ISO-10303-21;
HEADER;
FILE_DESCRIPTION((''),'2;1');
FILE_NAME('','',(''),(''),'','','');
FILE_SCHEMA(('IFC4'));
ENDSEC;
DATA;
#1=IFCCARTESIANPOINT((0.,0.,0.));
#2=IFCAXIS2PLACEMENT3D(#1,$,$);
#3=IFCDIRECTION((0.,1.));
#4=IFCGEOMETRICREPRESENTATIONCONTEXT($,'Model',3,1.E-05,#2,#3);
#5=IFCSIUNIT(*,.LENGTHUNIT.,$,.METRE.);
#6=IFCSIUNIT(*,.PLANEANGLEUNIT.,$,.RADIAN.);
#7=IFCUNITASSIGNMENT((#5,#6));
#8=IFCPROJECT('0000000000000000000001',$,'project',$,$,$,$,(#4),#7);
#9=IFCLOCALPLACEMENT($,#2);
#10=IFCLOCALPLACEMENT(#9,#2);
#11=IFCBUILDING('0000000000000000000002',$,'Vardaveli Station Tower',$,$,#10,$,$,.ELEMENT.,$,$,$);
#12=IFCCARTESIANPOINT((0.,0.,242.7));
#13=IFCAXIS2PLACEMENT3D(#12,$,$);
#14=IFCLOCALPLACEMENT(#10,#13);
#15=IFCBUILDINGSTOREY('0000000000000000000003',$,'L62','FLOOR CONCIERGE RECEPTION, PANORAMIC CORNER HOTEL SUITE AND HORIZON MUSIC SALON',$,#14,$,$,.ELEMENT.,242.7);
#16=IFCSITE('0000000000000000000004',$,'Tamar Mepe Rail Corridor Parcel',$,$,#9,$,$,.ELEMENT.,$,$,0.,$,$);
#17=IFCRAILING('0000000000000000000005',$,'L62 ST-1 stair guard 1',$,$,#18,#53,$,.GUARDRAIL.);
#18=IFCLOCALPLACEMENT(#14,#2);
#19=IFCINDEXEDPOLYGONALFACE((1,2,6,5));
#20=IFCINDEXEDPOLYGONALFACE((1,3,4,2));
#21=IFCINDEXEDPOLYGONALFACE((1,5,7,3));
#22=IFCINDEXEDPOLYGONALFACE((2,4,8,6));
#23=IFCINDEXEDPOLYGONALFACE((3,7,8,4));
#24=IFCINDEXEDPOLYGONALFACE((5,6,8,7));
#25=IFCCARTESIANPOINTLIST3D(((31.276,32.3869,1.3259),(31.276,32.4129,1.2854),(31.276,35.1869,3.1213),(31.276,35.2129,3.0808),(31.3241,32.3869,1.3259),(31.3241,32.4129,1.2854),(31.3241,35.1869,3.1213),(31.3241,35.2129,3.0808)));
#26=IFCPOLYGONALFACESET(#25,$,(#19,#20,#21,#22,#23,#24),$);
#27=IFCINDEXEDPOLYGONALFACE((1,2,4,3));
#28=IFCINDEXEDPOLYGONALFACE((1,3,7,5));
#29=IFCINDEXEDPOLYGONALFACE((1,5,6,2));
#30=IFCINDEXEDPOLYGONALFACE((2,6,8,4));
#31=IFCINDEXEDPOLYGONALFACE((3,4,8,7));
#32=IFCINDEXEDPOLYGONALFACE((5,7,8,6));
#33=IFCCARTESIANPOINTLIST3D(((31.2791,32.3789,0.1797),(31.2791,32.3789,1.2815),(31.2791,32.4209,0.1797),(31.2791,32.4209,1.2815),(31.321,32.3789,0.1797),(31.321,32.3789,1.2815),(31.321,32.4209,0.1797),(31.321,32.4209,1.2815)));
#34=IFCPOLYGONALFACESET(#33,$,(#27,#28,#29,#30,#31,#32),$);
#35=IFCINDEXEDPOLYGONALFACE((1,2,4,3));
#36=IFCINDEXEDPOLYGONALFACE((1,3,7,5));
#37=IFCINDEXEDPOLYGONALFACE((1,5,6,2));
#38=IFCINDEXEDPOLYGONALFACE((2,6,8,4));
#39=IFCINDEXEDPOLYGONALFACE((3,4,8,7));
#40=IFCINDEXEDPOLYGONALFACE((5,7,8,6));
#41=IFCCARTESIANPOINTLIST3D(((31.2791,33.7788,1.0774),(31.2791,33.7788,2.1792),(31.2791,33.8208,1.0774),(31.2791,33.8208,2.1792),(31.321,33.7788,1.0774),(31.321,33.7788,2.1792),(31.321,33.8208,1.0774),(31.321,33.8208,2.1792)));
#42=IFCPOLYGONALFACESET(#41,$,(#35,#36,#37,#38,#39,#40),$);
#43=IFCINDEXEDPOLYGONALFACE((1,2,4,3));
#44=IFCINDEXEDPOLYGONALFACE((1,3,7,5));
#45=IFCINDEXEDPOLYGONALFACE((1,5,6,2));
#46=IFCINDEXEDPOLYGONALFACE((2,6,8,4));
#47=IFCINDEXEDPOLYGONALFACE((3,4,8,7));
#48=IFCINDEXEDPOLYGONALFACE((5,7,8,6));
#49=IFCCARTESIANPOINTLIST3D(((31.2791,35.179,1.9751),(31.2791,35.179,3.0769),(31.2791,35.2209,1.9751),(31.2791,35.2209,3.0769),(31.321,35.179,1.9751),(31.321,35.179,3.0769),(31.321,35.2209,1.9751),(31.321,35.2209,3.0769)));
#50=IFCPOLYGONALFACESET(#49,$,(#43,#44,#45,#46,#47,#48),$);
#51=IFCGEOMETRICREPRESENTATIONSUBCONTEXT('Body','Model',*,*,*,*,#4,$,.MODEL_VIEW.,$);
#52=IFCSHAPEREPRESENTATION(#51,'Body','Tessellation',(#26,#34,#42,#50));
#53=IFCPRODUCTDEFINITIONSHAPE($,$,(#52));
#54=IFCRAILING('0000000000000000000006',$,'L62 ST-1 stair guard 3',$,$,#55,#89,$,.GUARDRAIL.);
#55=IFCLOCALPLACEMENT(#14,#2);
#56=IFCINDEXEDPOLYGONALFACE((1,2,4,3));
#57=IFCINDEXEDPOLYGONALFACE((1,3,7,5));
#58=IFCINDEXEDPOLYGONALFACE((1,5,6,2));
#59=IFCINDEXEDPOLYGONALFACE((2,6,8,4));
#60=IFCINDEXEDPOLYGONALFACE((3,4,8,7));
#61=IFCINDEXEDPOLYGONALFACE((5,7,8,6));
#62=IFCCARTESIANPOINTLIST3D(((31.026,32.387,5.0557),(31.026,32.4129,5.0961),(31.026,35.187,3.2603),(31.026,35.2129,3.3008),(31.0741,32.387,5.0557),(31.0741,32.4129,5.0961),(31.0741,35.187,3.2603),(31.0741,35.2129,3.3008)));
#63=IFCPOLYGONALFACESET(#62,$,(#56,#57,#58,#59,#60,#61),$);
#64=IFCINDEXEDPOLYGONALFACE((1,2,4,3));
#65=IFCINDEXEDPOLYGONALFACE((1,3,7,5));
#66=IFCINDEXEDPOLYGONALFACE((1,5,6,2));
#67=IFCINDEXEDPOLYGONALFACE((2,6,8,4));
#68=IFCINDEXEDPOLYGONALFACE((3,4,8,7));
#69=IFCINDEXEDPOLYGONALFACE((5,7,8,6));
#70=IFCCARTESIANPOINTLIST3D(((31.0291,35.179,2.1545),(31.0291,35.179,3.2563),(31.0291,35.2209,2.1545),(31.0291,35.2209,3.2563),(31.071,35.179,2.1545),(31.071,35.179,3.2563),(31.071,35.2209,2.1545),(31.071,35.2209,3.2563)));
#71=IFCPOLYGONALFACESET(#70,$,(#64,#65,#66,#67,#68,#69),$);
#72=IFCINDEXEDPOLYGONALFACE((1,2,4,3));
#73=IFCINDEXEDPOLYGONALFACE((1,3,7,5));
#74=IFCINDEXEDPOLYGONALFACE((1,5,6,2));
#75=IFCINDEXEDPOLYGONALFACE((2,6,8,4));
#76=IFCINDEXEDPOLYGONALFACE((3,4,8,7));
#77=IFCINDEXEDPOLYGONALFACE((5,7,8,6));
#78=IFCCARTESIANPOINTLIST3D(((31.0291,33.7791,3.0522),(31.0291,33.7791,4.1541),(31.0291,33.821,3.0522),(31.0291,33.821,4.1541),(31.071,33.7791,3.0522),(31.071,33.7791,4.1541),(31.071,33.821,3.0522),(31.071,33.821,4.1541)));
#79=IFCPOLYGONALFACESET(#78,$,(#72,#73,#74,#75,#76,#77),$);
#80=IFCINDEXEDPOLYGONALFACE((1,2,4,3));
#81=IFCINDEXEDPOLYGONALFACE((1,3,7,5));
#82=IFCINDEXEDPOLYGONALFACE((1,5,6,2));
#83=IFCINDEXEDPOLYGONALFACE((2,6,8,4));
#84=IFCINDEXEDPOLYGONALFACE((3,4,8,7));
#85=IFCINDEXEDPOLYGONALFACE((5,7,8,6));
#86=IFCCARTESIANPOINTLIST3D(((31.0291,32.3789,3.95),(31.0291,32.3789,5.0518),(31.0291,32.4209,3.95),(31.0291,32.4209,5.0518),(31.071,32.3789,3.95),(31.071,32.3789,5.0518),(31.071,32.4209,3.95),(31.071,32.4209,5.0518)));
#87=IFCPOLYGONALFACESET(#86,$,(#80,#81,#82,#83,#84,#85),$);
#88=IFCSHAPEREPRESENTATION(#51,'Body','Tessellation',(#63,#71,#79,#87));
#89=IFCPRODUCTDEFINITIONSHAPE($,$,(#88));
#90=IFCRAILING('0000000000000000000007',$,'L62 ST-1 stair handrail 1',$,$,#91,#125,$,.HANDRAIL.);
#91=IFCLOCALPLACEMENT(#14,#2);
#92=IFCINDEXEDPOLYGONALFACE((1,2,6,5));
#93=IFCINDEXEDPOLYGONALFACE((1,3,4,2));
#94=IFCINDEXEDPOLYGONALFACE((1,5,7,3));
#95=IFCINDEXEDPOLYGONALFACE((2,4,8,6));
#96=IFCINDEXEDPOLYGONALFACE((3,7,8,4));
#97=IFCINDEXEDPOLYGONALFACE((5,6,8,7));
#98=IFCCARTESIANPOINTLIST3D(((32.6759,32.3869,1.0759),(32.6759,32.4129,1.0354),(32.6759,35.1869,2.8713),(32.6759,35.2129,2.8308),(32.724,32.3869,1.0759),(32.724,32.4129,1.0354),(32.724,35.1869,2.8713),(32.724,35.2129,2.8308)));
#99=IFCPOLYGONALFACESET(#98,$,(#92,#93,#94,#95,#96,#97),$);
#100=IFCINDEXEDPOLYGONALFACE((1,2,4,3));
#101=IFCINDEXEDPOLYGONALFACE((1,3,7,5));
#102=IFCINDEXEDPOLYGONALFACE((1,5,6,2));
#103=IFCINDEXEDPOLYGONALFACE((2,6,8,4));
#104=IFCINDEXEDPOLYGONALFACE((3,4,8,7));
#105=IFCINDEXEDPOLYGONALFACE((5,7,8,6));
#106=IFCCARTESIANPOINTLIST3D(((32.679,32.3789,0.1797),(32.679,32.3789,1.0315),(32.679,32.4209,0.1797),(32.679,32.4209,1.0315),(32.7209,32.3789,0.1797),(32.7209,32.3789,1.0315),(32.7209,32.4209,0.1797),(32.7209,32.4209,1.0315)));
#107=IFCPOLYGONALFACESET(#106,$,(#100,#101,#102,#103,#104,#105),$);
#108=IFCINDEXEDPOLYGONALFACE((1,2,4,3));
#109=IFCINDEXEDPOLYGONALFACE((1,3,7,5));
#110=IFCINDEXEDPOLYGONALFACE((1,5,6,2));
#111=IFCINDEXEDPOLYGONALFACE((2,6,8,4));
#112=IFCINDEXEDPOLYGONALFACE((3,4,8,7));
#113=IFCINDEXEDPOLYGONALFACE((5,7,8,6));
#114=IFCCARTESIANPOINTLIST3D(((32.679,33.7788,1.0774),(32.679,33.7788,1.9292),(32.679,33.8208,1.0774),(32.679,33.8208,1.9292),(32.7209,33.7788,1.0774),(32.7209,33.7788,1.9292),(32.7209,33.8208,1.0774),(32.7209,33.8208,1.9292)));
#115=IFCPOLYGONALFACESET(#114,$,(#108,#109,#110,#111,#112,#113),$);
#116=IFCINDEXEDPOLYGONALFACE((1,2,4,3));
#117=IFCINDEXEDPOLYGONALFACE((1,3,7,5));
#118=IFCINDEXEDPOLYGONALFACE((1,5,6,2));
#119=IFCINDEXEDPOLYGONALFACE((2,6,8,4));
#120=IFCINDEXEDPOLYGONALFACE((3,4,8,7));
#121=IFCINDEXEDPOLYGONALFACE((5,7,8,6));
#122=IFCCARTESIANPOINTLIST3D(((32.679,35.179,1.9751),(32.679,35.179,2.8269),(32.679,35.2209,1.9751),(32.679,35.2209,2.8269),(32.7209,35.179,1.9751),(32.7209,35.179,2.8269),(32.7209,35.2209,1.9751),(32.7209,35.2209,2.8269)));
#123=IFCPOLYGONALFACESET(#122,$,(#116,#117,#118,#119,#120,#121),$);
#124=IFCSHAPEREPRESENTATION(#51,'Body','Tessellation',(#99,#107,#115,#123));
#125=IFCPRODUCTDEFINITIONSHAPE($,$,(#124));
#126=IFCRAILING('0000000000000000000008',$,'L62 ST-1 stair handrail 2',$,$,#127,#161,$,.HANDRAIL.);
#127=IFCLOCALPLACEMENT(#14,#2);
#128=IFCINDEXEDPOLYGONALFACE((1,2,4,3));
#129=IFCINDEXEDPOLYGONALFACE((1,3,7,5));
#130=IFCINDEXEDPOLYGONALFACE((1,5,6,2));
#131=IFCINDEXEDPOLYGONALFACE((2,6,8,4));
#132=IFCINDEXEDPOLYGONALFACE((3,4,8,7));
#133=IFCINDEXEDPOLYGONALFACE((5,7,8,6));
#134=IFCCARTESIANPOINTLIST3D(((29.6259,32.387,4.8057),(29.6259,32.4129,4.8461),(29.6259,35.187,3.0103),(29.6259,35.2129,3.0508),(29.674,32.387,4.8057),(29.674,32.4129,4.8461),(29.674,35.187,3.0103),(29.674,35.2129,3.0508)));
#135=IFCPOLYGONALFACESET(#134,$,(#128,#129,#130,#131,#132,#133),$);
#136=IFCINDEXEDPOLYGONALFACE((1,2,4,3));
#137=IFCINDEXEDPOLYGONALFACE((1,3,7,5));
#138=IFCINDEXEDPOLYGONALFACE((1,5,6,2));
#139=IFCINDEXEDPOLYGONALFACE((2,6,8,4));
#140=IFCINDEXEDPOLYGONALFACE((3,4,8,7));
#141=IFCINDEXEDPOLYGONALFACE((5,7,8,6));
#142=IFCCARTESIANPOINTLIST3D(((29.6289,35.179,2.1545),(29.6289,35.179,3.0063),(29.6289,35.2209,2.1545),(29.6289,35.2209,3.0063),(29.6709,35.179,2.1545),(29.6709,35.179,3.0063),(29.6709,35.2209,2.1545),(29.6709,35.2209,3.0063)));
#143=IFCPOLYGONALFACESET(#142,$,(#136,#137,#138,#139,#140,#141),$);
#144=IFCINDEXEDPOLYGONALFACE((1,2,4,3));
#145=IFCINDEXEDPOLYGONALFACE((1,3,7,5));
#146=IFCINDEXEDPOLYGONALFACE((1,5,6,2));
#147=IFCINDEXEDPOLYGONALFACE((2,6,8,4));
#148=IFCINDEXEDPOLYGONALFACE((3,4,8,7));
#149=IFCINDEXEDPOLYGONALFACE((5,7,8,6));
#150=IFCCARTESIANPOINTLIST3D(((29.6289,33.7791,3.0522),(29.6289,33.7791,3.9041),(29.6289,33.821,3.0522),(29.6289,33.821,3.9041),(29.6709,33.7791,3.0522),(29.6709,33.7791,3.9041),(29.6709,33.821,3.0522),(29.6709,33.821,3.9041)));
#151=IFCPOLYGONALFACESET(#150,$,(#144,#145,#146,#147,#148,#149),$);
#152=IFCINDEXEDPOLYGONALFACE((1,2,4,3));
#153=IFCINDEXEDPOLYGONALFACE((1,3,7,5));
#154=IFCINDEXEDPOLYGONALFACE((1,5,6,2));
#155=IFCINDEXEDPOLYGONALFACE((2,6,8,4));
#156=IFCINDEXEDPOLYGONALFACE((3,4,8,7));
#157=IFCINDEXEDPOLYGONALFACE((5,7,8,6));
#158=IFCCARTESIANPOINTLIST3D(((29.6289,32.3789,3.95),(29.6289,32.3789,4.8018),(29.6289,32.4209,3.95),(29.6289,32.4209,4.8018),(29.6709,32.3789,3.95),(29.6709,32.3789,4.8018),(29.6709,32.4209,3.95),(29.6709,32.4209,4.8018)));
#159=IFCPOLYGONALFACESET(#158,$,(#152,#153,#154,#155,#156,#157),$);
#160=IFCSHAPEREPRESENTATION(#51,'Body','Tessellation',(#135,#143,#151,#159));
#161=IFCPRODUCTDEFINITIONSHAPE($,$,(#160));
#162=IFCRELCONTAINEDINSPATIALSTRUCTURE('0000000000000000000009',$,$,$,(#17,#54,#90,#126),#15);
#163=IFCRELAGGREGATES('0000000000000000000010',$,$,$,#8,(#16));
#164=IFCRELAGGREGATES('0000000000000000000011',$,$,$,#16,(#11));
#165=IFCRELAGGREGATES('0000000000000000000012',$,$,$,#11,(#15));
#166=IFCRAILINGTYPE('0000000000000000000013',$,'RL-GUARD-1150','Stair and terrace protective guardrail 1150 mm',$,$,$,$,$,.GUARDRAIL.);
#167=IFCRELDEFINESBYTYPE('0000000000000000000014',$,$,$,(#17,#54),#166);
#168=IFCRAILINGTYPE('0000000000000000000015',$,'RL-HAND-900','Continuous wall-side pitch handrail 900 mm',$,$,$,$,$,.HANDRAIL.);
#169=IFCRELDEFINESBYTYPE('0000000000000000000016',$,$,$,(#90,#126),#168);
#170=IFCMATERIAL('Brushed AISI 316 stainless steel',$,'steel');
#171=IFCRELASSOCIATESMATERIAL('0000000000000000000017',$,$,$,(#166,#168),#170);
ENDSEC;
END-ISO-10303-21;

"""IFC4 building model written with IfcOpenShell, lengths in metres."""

from ifc_helpers import new_model, si_unit, direction, frame, origin, origin_2d, place, context, subcontext, project, spatial, rectangle, extrude, source, transform, mapped, material, type_object, element, save


model = new_model("IFC4")

# Units and contexts
model_context = context("Model", 3, precision=1e-05, world=origin(), true_north=direction((0.0, 1.0)))
body_context = subcontext(model_context, "Body", "Model", "MODEL_VIEW")
ifc_project = project(units=[si_unit("LENGTHUNIT", "METRE"), si_unit("PLANEANGLEUNIT", "RADIAN")], contexts=[model_context])

# Site, building, storey
site_placement = place(None, origin())
site = spatial("IfcSite", under=ifc_project, at=site_placement, Name="Tamar Mepe Rail Corridor Parcel", CompositionType="ELEMENT", RefElevation=0.0)
building_placement = place(site_placement, origin())
building = spatial("IfcBuilding", under=site, at=building_placement, Name="Vardaveli Station Tower", CompositionType="ELEMENT")
storey_placement = place(building_placement, frame((0.0, 0.0, 242.7)))
storey = spatial("IfcBuildingStorey", under=building, at=storey_placement, Name="L62", Description="FLOOR CONCIERGE RECEPTION, PANORAMIC CORNER HOTEL SUITE AND HORIZON MUSIC SALON", CompositionType="ELEMENT", Elevation=242.7)

# Railings
ifc_material_1 = material(Name="Brushed AISI 316 stainless steel", Category="steel")
railing_type_1 = type_object("IfcRailingType", Name="RL-GUARD-1150", Description="Stair and terrace protective guardrail 1150 mm", PredefinedType="GUARDRAIL", material=ifc_material_1)
shared_shape_1 = source(origin(), body_context, "Body", "SweptSolid", [
    extrude(rectangle(XDim=0.0481, YDim=0.0481, at=origin_2d()), frame((0.0, 0.0, 1.126), z_axis=(0.0, 0.84181, 0.539774), x_axis=(-1.0, 0.0, 0.0)), (0.0, 0.0, 1.0), 3.3262),
    extrude(rectangle(XDim=0.042, YDim=0.042, at=origin_2d()), origin(), (0.0, 0.0, 1.0), 1.1018),
    extrude(rectangle(XDim=0.042, YDim=0.042, at=origin_2d()), frame((0.0, 1.3999, 0.8977)), (0.0, 0.0, 1.0), 1.1018),
    extrude(rectangle(XDim=0.042, YDim=0.042, at=origin_2d()), frame((0.0, 2.8, 1.7954)), (0.0, 0.0, 1.0), 1.1018),
])
railing_1_placement = place(storey_placement, frame((31.3, 32.3999, 0.1797)))
element("IfcRailing", 1, at=railing_1_placement, inside=storey, type_object=railing_type_1, Name="L62 ST-1 stair guard 1", PredefinedType="GUARDRAIL", context=body_context, shape_type="MappedRepresentation", body=[
    mapped(shared_shape_1, transform((0.0, 0.0, 0.0), scale=1.0)),
])
shared_shape_2 = source(origin(), body_context, "Body", "SweptSolid", [
    extrude(rectangle(XDim=0.0481, YDim=0.0481, at=origin_2d()), frame((0.0, 0.0, 1.126), z_axis=(0.0, -0.84181, 0.539774), x_axis=(1.0, 0.0, 0.0)), (0.0, 0.0, 1.0), 3.3262),
    extrude(rectangle(XDim=0.042, YDim=0.042, at=origin_2d()), origin(), (0.0, 0.0, 1.0), 1.1018),
    extrude(rectangle(XDim=0.042, YDim=0.042, at=origin_2d()), frame((0.0, -1.3999, 0.8977)), (0.0, 0.0, 1.0), 1.1018),
    extrude(rectangle(XDim=0.042, YDim=0.042, at=origin_2d()), frame((0.0, -2.8, 1.7954)), (0.0, 0.0, 1.0), 1.1018),
])
railing_2_placement = place(storey_placement, frame((31.05, 35.2, 2.1545)))
element("IfcRailing", 2, at=railing_2_placement, inside=storey, type_object=railing_type_1, Name="L62 ST-1 stair guard 3", PredefinedType="GUARDRAIL", context=body_context, shape_type="MappedRepresentation", body=[
    mapped(shared_shape_2, transform((0.0, 0.0, 0.0), scale=1.0)),
])
railing_type_2 = type_object("IfcRailingType", Name="RL-HAND-900", Description="Continuous wall-side pitch handrail 900 mm", PredefinedType="HANDRAIL", material=ifc_material_1)
shared_shape_3 = source(origin(), body_context, "Body", "SweptSolid", [
    extrude(rectangle(XDim=0.0481, YDim=0.0481, at=origin_2d()), frame((0.0, 0.0, 0.876), z_axis=(0.0, 0.84181, 0.539774), x_axis=(-1.0, 0.0, 0.0)), (0.0, 0.0, 1.0), 3.3262),
    extrude(rectangle(XDim=0.042, YDim=0.042, at=origin_2d()), origin(), (0.0, 0.0, 1.0), 0.8518),
    extrude(rectangle(XDim=0.042, YDim=0.042, at=origin_2d()), frame((0.0, 1.3999, 0.8977)), (0.0, 0.0, 1.0), 0.8518),
    extrude(rectangle(XDim=0.042, YDim=0.042, at=origin_2d()), frame((0.0, 2.8, 1.7954)), (0.0, 0.0, 1.0), 0.8518),
])
railing_3_placement = place(storey_placement, frame((32.7, 32.3999, 0.1797)))
element("IfcRailing", 3, at=railing_3_placement, inside=storey, type_object=railing_type_2, Name="L62 ST-1 stair handrail 1", PredefinedType="HANDRAIL", context=body_context, shape_type="MappedRepresentation", body=[
    mapped(shared_shape_3, transform((0.0, 0.0, 0.0), scale=1.0)),
])
shared_shape_4 = source(origin(), body_context, "Body", "SweptSolid", [
    extrude(rectangle(XDim=0.0481, YDim=0.0481, at=origin_2d()), frame((0.0, 0.0, 0.876), z_axis=(0.0, -0.84181, 0.539774), x_axis=(1.0, 0.0, 0.0)), (0.0, 0.0, 1.0), 3.3262),
    extrude(rectangle(XDim=0.042, YDim=0.042, at=origin_2d()), origin(), (0.0, 0.0, 1.0), 0.8518),
    extrude(rectangle(XDim=0.042, YDim=0.042, at=origin_2d()), frame((0.0, -1.3999, 0.8977)), (0.0, 0.0, 1.0), 0.8518),
    extrude(rectangle(XDim=0.042, YDim=0.042, at=origin_2d()), frame((0.0, -2.8, 1.7954)), (0.0, 0.0, 1.0), 0.8518),
])
railing_4_placement = place(storey_placement, frame((29.6499, 35.2, 2.1545)))
element("IfcRailing", 4, at=railing_4_placement, inside=storey, type_object=railing_type_2, Name="L62 ST-1 stair handrail 2", PredefinedType="HANDRAIL", context=body_context, shape_type="MappedRepresentation", body=[
    mapped(shared_shape_4, transform((0.0, 0.0, 0.0), scale=1.0)),
])

save(model, "model.ifc")
